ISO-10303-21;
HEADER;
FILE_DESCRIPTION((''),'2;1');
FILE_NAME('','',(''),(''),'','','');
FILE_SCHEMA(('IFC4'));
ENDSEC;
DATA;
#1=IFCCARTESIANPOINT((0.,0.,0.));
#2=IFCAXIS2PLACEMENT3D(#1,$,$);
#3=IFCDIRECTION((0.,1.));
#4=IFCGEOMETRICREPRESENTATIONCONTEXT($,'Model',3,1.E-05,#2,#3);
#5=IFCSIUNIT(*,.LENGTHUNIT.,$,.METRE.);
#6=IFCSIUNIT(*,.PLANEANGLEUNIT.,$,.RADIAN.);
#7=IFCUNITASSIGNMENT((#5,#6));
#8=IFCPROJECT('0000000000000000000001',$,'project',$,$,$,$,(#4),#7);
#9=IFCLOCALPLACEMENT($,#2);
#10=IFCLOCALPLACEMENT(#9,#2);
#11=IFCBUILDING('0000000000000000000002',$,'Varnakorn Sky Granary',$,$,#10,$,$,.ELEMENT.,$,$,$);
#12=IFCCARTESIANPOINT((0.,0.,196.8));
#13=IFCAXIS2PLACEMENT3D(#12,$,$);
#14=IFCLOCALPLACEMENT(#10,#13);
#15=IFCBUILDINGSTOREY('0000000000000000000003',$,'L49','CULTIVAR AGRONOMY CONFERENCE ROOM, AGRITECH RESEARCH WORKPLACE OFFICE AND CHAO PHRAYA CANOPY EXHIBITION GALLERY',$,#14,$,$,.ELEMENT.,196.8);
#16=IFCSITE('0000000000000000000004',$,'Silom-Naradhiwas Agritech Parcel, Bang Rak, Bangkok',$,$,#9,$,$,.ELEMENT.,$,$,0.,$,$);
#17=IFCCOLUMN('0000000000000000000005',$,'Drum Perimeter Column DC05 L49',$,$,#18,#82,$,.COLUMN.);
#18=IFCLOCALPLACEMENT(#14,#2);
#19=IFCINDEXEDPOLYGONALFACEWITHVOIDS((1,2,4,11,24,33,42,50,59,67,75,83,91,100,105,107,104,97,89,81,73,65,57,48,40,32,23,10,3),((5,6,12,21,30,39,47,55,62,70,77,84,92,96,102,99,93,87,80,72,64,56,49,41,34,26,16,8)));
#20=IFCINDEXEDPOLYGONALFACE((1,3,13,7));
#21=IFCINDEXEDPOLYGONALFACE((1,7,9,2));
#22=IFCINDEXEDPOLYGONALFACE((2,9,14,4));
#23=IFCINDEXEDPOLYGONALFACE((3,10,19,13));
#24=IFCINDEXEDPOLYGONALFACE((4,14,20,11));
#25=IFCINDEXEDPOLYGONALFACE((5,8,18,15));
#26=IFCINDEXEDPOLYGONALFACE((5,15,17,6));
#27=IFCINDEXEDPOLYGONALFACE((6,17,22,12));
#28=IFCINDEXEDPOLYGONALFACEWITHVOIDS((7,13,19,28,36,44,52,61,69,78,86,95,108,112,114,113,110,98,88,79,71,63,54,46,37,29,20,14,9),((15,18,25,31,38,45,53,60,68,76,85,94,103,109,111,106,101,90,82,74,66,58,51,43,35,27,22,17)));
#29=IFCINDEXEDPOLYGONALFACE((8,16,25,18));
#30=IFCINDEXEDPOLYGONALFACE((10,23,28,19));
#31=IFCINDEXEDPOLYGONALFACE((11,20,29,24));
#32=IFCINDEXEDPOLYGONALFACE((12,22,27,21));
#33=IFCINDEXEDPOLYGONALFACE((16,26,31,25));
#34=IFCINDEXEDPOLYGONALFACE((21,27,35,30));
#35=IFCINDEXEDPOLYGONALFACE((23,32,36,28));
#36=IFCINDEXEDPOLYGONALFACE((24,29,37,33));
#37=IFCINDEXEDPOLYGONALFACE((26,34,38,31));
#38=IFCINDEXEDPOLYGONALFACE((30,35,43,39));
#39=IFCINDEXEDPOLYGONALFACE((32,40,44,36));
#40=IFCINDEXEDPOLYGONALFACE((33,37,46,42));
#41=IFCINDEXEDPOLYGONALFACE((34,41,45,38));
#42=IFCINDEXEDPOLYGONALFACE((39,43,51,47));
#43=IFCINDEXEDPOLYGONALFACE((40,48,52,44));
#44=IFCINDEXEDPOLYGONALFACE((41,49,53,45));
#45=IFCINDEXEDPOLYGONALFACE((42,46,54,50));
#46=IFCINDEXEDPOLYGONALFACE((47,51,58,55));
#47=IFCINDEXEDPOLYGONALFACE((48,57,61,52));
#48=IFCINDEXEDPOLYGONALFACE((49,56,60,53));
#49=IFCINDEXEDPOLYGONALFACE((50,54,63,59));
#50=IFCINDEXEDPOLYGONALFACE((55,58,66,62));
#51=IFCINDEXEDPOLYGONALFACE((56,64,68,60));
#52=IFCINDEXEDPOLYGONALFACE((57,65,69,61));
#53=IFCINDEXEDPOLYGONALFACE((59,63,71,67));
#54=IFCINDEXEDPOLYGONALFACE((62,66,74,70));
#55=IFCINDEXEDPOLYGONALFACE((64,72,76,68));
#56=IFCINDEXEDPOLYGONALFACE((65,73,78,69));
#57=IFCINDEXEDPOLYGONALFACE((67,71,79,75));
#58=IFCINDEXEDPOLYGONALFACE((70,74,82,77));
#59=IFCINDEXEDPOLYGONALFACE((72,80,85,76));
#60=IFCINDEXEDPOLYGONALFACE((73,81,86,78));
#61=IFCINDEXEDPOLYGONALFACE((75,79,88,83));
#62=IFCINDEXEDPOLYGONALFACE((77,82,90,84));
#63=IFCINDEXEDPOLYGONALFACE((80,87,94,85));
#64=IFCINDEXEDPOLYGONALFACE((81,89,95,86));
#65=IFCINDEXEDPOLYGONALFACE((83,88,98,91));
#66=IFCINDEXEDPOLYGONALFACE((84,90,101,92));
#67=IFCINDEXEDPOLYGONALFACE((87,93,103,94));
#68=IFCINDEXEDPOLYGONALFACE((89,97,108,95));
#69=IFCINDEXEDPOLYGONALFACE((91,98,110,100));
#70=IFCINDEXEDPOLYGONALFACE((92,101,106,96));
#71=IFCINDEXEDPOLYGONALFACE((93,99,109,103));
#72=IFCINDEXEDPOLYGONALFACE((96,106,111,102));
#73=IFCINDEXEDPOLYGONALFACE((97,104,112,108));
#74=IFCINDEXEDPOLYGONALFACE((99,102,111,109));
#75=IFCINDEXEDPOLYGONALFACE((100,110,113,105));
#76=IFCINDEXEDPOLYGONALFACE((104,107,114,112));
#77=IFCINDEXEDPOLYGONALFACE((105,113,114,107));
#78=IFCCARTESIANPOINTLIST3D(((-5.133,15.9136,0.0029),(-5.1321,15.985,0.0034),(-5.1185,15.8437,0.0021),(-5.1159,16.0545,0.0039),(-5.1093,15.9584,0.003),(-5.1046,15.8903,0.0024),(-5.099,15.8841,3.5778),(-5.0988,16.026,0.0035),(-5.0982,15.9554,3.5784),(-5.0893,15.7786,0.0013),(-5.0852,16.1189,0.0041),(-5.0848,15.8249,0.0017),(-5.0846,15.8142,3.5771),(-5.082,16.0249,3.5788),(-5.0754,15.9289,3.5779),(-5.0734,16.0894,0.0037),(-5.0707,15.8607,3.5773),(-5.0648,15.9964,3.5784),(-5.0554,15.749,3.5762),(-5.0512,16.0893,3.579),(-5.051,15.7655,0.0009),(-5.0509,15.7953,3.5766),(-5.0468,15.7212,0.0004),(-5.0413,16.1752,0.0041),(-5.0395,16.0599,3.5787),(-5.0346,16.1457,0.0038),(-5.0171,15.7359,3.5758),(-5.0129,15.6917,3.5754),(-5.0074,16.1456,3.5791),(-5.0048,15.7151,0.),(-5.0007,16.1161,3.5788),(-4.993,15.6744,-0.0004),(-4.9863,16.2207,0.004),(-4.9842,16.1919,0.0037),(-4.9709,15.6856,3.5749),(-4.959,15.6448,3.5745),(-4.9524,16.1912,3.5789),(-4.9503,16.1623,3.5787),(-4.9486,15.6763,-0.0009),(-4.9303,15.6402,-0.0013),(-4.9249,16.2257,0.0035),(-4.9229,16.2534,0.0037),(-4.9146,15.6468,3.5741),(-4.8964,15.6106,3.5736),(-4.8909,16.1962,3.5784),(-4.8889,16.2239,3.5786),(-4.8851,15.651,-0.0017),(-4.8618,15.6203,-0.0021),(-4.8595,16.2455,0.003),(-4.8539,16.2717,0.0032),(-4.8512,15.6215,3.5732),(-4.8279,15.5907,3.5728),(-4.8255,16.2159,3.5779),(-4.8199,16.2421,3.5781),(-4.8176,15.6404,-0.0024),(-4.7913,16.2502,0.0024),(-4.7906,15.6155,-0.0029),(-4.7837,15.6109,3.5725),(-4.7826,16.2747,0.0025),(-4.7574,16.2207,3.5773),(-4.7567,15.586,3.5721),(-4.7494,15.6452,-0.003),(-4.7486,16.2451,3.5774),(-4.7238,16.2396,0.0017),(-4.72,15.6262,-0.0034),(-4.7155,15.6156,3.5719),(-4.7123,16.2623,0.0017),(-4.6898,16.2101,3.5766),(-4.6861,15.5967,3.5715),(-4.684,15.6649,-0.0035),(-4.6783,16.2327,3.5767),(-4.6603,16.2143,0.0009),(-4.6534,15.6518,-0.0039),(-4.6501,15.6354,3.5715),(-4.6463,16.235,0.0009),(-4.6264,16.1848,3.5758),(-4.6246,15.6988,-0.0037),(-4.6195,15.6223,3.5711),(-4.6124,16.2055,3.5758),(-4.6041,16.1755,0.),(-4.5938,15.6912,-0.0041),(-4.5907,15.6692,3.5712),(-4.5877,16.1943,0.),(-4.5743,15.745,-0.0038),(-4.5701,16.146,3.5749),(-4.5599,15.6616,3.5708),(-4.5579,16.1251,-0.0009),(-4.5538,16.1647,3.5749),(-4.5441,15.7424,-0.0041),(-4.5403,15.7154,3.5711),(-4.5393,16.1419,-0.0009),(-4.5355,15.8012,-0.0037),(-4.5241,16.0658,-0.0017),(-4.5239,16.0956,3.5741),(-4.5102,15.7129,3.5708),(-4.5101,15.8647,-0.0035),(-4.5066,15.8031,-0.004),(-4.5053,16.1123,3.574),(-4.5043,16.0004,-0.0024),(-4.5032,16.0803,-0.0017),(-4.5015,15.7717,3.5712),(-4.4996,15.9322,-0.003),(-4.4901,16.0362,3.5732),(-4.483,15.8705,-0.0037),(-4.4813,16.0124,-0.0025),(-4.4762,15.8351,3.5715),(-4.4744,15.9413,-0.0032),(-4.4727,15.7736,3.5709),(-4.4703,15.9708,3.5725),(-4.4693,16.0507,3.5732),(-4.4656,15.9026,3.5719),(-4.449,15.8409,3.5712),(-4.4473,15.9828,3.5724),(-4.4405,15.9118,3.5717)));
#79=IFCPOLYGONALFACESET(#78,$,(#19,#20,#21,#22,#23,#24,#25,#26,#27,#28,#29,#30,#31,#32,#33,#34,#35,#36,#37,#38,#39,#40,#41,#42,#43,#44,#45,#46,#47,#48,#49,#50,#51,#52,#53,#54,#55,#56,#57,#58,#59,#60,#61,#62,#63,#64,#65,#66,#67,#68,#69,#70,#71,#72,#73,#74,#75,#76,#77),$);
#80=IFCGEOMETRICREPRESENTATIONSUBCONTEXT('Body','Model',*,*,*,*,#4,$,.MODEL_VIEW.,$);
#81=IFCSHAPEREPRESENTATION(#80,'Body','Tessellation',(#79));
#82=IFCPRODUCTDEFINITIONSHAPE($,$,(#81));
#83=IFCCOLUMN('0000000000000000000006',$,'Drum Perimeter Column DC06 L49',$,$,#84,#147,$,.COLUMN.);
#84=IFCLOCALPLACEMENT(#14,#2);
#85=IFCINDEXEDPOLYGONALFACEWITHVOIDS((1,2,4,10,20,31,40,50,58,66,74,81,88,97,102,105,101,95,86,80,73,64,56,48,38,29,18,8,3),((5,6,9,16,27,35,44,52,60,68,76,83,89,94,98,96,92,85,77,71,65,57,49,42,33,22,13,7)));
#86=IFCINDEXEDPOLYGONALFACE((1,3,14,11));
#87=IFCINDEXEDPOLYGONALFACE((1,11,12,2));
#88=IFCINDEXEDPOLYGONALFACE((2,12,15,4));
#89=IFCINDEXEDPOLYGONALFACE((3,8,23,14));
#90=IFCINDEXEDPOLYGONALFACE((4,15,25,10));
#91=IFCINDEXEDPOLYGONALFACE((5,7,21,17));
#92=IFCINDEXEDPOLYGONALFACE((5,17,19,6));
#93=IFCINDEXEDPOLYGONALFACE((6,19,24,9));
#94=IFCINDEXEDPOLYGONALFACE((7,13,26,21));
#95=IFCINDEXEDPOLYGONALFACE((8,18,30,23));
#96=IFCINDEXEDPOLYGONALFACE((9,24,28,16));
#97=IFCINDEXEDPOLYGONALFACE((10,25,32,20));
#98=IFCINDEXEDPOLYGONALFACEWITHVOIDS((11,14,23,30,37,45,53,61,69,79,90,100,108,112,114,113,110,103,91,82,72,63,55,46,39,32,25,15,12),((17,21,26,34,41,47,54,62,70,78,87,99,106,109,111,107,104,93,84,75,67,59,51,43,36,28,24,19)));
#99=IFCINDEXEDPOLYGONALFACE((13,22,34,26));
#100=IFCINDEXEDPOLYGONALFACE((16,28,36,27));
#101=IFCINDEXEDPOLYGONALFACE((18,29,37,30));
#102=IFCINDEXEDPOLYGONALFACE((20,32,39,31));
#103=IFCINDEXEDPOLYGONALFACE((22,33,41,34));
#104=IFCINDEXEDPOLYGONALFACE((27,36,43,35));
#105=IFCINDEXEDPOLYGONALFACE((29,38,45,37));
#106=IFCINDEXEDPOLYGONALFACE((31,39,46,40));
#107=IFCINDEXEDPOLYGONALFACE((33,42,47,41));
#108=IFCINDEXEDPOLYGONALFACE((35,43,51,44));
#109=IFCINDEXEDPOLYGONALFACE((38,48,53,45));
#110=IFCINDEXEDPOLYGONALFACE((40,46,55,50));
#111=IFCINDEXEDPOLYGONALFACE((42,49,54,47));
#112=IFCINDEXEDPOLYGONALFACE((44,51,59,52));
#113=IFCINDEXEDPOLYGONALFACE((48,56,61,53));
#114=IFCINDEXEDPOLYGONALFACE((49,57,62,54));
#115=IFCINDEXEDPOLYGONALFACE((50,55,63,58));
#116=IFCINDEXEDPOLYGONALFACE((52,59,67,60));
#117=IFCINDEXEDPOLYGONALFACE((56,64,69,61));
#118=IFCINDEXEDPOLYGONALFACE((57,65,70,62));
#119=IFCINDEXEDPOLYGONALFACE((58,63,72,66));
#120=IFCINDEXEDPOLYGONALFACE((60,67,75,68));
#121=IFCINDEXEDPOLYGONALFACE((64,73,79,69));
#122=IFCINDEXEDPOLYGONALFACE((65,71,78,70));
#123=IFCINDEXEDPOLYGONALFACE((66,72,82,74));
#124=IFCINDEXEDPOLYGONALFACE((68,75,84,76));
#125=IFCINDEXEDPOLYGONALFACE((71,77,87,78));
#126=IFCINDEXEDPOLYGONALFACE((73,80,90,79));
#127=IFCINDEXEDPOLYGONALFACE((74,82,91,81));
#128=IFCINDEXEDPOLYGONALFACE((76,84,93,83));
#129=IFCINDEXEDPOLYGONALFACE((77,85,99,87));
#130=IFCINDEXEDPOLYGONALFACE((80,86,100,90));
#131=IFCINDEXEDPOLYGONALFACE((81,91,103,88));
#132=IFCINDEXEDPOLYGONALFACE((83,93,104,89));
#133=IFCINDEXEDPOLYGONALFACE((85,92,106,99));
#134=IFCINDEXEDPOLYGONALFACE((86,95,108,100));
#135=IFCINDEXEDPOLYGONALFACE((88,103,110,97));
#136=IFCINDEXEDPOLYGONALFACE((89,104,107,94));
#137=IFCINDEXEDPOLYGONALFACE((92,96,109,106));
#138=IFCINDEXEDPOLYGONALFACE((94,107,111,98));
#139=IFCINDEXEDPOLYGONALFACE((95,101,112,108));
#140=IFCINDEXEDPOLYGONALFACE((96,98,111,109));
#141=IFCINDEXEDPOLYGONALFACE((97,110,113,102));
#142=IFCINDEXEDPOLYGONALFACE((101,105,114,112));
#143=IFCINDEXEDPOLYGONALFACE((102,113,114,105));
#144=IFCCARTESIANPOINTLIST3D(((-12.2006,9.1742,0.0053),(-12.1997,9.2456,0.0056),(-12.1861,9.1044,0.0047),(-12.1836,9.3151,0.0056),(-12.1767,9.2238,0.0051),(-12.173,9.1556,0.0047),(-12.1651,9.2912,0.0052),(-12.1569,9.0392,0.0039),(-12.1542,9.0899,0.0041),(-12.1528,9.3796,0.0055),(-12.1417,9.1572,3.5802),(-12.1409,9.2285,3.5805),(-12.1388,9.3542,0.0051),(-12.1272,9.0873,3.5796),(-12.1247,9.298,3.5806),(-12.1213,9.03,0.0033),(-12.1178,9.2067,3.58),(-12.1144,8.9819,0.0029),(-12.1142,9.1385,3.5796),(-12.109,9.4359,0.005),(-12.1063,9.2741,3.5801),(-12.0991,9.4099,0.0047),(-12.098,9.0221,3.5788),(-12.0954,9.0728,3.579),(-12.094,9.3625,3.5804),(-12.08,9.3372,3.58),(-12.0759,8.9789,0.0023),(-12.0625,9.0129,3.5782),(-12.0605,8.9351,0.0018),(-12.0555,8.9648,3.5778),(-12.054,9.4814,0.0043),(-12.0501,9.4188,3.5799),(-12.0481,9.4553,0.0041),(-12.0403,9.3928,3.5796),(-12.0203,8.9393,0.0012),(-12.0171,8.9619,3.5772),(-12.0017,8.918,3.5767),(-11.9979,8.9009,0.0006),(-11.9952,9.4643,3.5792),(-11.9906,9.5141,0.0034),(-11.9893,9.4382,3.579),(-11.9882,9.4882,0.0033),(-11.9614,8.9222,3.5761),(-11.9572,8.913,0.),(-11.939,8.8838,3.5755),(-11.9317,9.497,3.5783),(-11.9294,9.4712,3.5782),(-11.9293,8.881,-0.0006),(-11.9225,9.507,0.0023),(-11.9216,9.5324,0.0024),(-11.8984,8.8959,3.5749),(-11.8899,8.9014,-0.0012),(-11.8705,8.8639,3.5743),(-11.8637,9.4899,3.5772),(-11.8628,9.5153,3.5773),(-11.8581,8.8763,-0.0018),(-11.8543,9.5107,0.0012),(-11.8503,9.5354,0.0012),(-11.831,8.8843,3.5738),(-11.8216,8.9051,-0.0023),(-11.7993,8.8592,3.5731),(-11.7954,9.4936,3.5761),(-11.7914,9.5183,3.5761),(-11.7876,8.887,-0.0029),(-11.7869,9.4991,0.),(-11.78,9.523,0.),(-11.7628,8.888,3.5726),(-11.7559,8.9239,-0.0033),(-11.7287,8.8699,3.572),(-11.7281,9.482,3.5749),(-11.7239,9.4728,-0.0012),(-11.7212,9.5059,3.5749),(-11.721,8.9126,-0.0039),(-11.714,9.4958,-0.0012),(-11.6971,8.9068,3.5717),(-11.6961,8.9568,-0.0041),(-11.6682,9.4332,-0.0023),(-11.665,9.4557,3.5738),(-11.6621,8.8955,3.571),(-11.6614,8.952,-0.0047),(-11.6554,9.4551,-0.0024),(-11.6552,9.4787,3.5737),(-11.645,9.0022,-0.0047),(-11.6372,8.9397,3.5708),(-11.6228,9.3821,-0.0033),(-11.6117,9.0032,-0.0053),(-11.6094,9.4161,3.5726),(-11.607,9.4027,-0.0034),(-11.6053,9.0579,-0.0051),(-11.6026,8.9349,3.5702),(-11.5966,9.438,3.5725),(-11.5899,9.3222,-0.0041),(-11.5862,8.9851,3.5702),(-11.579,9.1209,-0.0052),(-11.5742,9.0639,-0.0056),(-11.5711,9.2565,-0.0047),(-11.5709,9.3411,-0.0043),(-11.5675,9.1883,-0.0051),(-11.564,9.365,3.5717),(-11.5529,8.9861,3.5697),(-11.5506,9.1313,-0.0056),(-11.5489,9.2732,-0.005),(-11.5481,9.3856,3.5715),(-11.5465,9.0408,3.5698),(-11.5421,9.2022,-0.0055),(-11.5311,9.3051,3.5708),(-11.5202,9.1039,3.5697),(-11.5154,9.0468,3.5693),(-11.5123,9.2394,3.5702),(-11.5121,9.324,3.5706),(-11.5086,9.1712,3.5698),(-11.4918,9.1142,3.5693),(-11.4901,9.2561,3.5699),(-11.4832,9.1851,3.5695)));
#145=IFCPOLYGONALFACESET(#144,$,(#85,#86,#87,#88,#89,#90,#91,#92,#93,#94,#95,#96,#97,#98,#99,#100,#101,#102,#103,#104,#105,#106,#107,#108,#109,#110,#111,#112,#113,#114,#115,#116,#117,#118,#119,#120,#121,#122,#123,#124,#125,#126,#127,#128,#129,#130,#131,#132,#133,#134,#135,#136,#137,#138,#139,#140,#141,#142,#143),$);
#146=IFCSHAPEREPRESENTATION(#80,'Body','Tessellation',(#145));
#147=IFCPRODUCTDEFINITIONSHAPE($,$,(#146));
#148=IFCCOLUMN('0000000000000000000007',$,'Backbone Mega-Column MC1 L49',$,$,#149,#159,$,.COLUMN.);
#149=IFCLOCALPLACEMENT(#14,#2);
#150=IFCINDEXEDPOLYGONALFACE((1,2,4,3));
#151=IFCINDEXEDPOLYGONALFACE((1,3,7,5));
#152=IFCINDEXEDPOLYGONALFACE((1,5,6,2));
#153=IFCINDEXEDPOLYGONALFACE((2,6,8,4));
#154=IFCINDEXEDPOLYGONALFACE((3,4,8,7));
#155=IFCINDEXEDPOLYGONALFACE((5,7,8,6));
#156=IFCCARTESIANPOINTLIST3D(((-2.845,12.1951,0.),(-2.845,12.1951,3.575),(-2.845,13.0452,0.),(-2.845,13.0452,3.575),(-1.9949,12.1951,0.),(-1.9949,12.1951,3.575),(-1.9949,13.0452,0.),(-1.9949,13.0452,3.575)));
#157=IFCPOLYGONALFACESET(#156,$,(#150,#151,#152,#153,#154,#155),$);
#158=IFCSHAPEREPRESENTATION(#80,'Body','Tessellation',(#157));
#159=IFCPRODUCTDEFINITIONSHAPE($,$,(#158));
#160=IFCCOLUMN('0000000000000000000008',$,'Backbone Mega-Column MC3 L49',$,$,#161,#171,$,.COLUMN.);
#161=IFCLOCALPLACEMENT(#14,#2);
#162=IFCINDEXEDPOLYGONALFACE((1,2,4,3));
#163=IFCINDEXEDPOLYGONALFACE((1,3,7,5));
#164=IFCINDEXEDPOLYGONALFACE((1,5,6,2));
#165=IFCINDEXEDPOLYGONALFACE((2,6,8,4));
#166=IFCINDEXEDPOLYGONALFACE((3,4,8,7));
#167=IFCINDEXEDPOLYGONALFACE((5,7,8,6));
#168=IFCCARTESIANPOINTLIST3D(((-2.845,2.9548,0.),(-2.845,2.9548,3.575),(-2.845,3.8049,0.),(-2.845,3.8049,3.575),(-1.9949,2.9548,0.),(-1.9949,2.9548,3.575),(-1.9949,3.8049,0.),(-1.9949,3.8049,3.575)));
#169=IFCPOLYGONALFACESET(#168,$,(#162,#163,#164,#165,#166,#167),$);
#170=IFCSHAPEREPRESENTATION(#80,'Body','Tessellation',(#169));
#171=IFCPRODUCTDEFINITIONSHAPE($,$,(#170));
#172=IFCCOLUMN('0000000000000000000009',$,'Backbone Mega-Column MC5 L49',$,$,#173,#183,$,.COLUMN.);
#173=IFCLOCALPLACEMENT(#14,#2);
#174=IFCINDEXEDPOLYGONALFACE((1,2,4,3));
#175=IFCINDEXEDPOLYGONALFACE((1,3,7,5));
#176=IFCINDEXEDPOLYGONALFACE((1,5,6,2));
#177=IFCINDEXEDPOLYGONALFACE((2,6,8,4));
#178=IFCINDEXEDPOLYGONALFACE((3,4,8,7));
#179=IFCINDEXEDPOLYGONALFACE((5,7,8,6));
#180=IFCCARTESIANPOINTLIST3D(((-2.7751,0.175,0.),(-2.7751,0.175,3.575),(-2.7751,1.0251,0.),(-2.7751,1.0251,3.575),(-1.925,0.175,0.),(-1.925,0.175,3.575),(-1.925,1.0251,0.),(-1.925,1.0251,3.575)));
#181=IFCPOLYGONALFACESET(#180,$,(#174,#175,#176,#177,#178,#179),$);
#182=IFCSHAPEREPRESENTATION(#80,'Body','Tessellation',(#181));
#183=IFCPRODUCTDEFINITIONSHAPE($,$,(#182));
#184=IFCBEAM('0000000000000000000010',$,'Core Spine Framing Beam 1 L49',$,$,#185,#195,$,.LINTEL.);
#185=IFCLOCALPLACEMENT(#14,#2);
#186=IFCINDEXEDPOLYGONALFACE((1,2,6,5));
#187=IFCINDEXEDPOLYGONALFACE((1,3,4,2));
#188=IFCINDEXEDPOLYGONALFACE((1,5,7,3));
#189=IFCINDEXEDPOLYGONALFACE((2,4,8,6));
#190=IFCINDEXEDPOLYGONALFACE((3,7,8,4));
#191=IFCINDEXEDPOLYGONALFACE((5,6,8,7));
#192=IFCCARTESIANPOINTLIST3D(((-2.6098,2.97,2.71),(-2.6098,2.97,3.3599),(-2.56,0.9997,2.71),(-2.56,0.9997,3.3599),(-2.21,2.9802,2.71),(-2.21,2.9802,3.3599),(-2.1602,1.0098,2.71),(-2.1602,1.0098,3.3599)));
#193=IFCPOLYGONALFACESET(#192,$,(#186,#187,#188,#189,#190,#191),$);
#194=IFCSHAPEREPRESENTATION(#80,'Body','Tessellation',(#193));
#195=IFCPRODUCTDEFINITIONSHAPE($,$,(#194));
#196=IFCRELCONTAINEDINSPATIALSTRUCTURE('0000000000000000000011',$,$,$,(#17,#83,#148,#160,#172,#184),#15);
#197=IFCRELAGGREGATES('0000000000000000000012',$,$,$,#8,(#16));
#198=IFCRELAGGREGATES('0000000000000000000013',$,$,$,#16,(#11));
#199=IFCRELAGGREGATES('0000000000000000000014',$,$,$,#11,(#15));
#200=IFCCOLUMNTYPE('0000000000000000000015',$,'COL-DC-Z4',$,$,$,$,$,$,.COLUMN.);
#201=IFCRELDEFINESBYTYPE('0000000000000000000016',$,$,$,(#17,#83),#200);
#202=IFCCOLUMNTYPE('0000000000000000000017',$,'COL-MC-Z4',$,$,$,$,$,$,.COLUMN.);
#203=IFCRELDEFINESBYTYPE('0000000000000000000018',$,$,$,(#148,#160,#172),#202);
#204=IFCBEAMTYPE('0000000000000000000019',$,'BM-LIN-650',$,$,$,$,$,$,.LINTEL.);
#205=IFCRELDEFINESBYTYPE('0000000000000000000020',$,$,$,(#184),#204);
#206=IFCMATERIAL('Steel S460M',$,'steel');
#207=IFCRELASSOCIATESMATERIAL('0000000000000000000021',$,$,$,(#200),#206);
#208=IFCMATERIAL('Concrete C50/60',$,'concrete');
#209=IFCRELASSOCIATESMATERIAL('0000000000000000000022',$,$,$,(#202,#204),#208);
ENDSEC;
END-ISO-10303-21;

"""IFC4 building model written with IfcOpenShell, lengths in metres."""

from ifc_helpers import new_model, si_unit, direction, frame, origin, origin_2d, place, context, subcontext, project, spatial, rectangle, hollow_circle, extrude, material, material_profile, profile_set, type_object, element, save


model = new_model("IFC4")

# Units and contexts
model_context = context("Model", 3, precision=1e-05, world=origin(), true_north=direction((0.0, 1.0)))
body_context = subcontext(model_context, "Body", "Model", "MODEL_VIEW")
ifc_project = project(units=[si_unit("LENGTHUNIT", "METRE"), si_unit("PLANEANGLEUNIT", "RADIAN")], contexts=[model_context])

# Site, building, storey
site_placement = place(None, origin())
site = spatial("IfcSite", under=ifc_project, at=site_placement, Name="Silom-Naradhiwas Agritech Parcel, Bang Rak, Bangkok", CompositionType="ELEMENT", RefElevation=0.0)
building_placement = place(site_placement, origin())
building = spatial("IfcBuilding", under=site, at=building_placement, Name="Varnakorn Sky Granary", CompositionType="ELEMENT")
storey_placement = place(building_placement, frame((0.0, 0.0, 196.8)))
storey = spatial("IfcBuildingStorey", under=building, at=storey_placement, Name="L49", Description="CULTIVAR AGRONOMY CONFERENCE ROOM, AGRITECH RESEARCH WORKPLACE OFFICE AND CHAO PHRAYA CANOPY EXHIBITION GALLERY", CompositionType="ELEMENT", Elevation=196.8)

# Columns
ifc_material_1 = material(Name="Steel S460M", Category="steel")
ifc_material_profile_1 = material_profile(ifc_material_1, hollow_circle(Radius=0.3301, WallThickness=0.0249, at=origin_2d()), Name="CHS 660x25")
ifc_profile_set_1 = profile_set([ifc_material_profile_1], Name="Steel S460M")
column_type_1 = type_object("IfcColumnType", Name="COL-DC-Z4", PredefinedType="COLUMN", material=ifc_profile_set_1)
column_1_placement = place(storey_placement, frame((-4.8044, 15.9453, 0.0), z_axis=(0.009492, -0.008263, 0.999921), x_axis=(0.656582, 0.754255, 0.0)))
element("IfcColumn", 1, at=column_1_placement, inside=storey, type_object=column_type_1, Name="Drum Perimeter Column DC05 L49", PredefinedType="COLUMN", context=body_context, shape_type="SweptSolid", body=[
    extrude(hollow_circle(Radius=0.3301, WallThickness=0.0249, at=origin_2d()), origin(), (0.0, 0.0, 1.0), 3.5752),
])
column_2_placement = place(storey_placement, frame((-11.8721, 9.2061, 0.0), z_axis=(0.016456, -0.00478, 0.999853), x_axis=(0.278929, 0.960312, 0.0)))
element("IfcColumn", 2, at=column_2_placement, inside=storey, type_object=column_type_1, Name="Drum Perimeter Column DC06 L49", PredefinedType="COLUMN", context=body_context, shape_type="SweptSolid", body=[
    extrude(hollow_circle(Radius=0.3301, WallThickness=0.0249, at=origin_2d()), origin(), (0.0, 0.0, 1.0), 3.5754),
])
ifc_material_2 = material(Name="Concrete C50/60", Category="concrete")
ifc_material_profile_2 = material_profile(ifc_material_2, rectangle(XDim=0.8501, YDim=0.8501, at=origin_2d()), Name="RC 850x850")
ifc_profile_set_2 = profile_set([ifc_material_profile_2], Name="Concrete C50/60")
column_type_2 = type_object("IfcColumnType", Name="COL-MC-Z4", PredefinedType="COLUMN", material=ifc_profile_set_2)
for number, where, z_axis, x_axis, name in (
    (3, (-2.4199, 12.6201, 0.0), (0.0, 0.0, 1.0), (1.0, 0.0, 0.0), "Backbone Mega-Column MC1 L49"),
    (4, (-2.4199, 3.3799, 0.0), (0.0, 0.0, 1.0), (1.0, 0.0, 0.0), "Backbone Mega-Column MC3 L49"),
    (5, (-2.3501, 0.6001, 0.0), (0.0, 0.0, 1.0), (1.0, 0.0, 0.0), "Backbone Mega-Column MC5 L49"),
):
    element("IfcColumn", number, at=place(storey_placement, frame(where, z_axis=z_axis, x_axis=x_axis)), inside=storey, type_object=column_type_2, Name=name, PredefinedType="COLUMN", context=body_context, shape_type="SweptSolid", body=[
        extrude(rectangle(XDim=0.8501, YDim=0.8501, at=origin_2d()), origin(), (0.0, 0.0, 1.0), 3.575),
    ])

# Beam
ifc_material_profile_3 = material_profile(ifc_material_2, rectangle(XDim=0.3999, YDim=0.6499, at=origin_2d()), Name="RC 400x650")
ifc_profile_set_3 = profile_set([ifc_material_profile_3], Name="Concrete C50/60")
beam_type_1 = type_object("IfcBeamType", Name="BM-LIN-650", PredefinedType="LINTEL", material=ifc_profile_set_3)
beam_1_placement = place(storey_placement, frame((-2.4099, 2.9751, 3.0349), z_axis=(0.025271, -0.999681, 0.0), x_axis=(0.999681, 0.025271, 0.0)))
element("IfcBeam", 6, at=beam_1_placement, inside=storey, type_object=beam_type_1, Name="Core Spine Framing Beam 1 L49", PredefinedType="LINTEL", context=body_context, shape_type="SweptSolid", body=[
    extrude(rectangle(XDim=0.3999, YDim=0.6499, at=origin_2d()), origin(), (0.0, 0.0, 1.0), 1.9709),
])

save(model, "model.ifc")
